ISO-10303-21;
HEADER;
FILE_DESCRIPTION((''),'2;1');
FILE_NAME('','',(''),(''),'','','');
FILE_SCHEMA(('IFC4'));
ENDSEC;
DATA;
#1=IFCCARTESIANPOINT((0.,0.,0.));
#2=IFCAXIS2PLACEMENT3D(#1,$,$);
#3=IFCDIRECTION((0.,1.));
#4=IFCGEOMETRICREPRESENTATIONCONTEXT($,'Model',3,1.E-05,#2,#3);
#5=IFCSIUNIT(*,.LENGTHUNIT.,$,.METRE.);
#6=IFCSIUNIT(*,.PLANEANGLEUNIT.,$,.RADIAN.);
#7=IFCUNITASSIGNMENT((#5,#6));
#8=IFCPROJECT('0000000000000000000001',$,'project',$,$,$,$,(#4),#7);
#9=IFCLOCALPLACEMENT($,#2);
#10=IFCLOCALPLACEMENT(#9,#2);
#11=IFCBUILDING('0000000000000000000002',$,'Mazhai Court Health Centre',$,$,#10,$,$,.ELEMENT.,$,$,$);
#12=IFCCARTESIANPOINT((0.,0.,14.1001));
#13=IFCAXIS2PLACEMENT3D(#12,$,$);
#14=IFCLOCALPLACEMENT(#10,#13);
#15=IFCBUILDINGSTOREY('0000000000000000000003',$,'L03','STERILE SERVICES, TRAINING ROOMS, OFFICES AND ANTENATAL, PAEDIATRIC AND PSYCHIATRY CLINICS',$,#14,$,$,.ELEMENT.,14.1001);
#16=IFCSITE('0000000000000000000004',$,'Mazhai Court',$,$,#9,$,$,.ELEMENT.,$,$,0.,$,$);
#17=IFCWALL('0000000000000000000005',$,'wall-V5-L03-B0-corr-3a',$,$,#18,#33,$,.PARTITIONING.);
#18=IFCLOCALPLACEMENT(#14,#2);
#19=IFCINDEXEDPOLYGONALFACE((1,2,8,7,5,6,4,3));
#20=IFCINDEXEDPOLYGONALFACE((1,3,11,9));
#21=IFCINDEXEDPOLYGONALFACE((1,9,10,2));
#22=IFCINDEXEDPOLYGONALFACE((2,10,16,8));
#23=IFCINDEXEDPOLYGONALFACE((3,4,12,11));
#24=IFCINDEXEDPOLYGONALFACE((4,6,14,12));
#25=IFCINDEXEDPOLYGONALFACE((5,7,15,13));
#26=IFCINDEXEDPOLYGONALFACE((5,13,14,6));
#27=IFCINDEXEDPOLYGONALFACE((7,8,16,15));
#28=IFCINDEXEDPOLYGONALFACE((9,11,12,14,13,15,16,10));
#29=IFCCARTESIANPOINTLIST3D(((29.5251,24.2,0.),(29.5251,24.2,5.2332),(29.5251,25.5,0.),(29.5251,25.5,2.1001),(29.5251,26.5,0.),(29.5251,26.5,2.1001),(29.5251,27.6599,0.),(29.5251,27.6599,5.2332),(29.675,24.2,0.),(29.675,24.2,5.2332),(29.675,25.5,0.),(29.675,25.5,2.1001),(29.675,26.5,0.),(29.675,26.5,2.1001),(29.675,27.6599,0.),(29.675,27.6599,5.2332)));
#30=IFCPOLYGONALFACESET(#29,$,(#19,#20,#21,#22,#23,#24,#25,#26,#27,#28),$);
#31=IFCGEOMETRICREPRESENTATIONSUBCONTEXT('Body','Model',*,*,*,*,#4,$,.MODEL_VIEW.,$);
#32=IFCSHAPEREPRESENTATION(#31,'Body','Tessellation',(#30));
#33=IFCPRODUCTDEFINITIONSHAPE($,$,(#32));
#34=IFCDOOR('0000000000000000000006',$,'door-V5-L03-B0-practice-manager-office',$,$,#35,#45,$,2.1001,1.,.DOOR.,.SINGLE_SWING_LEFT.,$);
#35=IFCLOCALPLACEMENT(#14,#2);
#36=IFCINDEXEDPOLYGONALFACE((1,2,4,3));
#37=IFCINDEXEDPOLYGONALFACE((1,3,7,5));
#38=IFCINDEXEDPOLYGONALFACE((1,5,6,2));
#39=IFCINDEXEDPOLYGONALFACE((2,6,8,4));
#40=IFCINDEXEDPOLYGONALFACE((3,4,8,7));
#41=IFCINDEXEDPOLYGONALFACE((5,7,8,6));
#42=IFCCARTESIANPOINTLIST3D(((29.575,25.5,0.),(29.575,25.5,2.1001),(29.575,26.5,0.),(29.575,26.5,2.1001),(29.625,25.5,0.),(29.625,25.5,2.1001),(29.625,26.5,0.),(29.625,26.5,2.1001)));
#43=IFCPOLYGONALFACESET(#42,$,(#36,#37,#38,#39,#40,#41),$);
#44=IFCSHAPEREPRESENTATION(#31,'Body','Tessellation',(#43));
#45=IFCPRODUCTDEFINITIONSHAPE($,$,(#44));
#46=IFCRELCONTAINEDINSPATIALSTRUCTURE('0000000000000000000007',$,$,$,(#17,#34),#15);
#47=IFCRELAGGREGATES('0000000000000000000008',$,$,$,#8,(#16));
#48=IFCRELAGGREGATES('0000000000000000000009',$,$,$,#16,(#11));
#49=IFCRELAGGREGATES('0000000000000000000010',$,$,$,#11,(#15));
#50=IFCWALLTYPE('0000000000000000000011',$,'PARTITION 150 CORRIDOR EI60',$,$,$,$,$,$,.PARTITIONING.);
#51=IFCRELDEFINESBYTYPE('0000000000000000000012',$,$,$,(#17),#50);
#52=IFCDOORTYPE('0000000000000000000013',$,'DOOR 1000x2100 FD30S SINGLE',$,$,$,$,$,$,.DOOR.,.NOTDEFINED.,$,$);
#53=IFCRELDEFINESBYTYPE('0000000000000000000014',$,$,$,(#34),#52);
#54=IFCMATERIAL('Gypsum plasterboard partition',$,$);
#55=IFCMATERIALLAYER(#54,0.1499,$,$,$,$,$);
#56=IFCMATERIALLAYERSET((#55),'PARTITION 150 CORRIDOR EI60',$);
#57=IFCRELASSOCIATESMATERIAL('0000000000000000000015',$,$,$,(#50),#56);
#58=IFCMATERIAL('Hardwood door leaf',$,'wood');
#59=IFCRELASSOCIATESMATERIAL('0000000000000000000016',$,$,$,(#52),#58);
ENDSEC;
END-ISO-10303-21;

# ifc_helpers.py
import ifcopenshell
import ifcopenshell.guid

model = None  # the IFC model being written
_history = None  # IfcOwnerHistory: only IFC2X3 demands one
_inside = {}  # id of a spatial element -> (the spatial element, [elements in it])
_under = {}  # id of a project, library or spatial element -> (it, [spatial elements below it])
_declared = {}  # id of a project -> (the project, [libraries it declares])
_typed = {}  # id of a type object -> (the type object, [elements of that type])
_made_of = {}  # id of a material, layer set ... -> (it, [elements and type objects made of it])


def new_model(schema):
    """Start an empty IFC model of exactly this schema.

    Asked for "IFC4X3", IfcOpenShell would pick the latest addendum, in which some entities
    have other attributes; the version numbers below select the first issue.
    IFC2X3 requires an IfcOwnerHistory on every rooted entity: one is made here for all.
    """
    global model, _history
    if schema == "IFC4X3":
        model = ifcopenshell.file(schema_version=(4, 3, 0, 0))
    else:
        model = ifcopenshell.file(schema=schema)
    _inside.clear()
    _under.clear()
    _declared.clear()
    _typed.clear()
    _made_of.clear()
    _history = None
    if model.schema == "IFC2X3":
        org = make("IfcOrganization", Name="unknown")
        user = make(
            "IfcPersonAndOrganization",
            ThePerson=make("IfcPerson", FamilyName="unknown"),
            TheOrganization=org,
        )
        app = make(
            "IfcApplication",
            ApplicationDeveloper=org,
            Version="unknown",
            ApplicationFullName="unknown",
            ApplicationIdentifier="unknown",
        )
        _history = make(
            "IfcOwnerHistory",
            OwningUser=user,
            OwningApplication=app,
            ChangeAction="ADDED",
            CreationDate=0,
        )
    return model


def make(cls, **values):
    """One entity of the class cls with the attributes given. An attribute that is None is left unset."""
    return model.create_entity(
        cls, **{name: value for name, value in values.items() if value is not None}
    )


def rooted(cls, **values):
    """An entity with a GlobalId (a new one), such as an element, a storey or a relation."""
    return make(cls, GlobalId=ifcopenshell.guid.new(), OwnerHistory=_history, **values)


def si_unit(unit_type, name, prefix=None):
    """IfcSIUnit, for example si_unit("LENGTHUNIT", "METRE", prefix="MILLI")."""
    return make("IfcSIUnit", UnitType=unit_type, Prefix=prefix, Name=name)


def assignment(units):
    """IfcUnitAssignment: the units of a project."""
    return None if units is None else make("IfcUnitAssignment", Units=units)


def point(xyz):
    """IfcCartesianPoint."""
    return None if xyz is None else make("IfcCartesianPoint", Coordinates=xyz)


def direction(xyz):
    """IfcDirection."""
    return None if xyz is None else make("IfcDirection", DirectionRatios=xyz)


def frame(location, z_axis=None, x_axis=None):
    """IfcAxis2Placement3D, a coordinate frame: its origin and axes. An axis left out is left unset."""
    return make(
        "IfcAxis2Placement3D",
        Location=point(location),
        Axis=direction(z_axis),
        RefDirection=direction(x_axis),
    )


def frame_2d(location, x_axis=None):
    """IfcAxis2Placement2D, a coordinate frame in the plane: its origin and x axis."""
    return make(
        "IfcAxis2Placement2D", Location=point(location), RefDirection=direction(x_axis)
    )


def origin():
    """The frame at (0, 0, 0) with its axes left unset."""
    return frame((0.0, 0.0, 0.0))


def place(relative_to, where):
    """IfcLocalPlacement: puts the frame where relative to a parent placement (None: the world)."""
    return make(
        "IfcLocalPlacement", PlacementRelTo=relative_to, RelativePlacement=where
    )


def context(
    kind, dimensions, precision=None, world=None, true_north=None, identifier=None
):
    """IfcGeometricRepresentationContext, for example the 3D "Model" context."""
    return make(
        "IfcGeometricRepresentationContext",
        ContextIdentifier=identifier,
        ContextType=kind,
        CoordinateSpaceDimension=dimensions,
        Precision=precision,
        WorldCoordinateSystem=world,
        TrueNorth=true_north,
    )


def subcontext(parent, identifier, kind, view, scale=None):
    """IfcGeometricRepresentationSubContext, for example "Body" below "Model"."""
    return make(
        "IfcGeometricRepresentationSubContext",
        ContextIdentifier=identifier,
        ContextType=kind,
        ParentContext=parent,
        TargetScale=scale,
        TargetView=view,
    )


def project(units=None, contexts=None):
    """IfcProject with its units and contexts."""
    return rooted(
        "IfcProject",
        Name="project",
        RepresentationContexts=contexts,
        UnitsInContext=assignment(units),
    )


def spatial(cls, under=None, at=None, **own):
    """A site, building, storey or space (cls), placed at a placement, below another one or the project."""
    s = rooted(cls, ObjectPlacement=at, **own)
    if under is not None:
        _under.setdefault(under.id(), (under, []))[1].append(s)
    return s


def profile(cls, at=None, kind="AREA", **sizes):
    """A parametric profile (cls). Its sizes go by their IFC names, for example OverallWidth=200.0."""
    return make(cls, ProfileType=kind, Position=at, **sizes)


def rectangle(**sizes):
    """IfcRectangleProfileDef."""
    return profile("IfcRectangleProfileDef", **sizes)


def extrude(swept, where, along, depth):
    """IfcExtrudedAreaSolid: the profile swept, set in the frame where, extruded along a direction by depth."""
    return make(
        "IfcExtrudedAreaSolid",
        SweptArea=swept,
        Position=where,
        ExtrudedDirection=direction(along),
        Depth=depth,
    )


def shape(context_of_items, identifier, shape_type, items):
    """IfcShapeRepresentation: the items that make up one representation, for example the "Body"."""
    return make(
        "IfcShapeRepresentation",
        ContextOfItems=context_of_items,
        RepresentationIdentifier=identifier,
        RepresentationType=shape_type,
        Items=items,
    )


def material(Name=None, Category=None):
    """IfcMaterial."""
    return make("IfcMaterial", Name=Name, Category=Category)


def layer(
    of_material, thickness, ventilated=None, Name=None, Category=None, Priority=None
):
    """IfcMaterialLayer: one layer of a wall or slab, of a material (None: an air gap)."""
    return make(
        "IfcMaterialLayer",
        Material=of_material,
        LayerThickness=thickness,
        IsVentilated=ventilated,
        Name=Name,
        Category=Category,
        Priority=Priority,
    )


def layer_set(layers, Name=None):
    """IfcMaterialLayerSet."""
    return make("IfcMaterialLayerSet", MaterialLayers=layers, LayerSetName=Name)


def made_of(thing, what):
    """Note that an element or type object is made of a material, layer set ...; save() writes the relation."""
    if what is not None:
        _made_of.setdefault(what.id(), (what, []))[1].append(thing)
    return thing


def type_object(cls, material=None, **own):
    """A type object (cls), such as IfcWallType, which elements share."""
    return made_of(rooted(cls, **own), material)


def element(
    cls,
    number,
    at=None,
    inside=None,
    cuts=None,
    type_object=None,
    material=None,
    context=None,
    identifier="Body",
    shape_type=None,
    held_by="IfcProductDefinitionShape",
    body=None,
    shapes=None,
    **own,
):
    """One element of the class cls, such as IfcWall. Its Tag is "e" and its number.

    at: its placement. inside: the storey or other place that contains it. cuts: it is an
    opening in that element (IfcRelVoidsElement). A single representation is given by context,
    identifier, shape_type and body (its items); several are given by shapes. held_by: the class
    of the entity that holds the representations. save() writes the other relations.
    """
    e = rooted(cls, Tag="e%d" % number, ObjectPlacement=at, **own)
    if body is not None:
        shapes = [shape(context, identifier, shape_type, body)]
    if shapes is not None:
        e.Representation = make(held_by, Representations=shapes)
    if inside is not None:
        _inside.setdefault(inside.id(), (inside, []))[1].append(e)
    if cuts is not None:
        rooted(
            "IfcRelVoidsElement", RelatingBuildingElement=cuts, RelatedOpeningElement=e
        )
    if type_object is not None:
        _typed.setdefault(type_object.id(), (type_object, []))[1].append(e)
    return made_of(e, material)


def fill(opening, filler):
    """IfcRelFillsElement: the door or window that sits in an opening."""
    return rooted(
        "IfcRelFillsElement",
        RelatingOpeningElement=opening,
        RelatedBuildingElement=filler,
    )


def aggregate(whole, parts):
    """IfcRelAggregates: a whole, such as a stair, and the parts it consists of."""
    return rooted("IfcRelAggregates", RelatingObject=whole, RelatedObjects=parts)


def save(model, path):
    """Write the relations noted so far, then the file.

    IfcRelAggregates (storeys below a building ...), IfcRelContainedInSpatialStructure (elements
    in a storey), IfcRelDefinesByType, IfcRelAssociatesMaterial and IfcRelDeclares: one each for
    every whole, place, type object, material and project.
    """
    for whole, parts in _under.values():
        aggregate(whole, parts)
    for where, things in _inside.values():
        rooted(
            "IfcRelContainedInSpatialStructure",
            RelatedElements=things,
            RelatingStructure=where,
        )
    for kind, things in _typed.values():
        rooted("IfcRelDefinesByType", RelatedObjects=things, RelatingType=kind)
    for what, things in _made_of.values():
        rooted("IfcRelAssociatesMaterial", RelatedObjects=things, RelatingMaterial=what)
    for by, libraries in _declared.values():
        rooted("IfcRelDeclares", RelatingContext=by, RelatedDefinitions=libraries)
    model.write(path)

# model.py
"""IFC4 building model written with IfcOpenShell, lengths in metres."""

from ifc_helpers import new_model, si_unit, direction, frame, frame_2d, origin, place, context, subcontext, project, spatial, rectangle, extrude, material, layer, layer_set, type_object, element, fill, save


model = new_model("IFC4")

# Units and contexts
model_context = context("Model", 3, precision=1e-05, world=origin(), true_north=direction((0.0, 1.0)))
body_context = subcontext(model_context, "Body", "Model", "MODEL_VIEW")
ifc_project = project(units=[si_unit("LENGTHUNIT", "METRE"), si_unit("PLANEANGLEUNIT", "RADIAN")], contexts=[model_context])

# Site, building, storey
site_placement = place(None, origin())
site = spatial("IfcSite", under=ifc_project, at=site_placement, Name="Mazhai Court", CompositionType="ELEMENT", RefElevation=0.0)
building_placement = place(site_placement, origin())
building = spatial("IfcBuilding", under=site, at=building_placement, Name="Mazhai Court Health Centre", CompositionType="ELEMENT")
storey_placement = place(building_placement, frame((0.0, 0.0, 14.1001)))
storey = spatial("IfcBuildingStorey", under=building, at=storey_placement, Name="L03", Description="STERILE SERVICES, TRAINING ROOMS, OFFICES AND ANTENATAL, PAEDIATRIC AND PSYCHIATRY CLINICS", CompositionType="ELEMENT", Elevation=14.1001)

# Wall, opening, door
ifc_material_1 = material(Name="Gypsum plasterboard partition")
ifc_layer_1 = layer(ifc_material_1, 0.1499)
ifc_layer_set_1 = layer_set([ifc_layer_1], Name="PARTITION 150 CORRIDOR EI60")
wall_type_1 = type_object("IfcWallType", Name="PARTITION 150 CORRIDOR EI60", PredefinedType="PARTITIONING", material=ifc_layer_set_1)
ifc_material_2 = material(Name="Hardwood door leaf", Category="wood")
door_type_1 = type_object("IfcDoorType", Name="DOOR 1000x2100 FD30S SINGLE", OperationType="NOTDEFINED", PredefinedType="DOOR", material=ifc_material_2)
wall_1_placement = place(storey_placement, frame((29.6001, 27.6599, 0.0), z_axis=(0.0, 0.0, 1.0), x_axis=(0.0, -1.0, 0.0)))
wall_1 = element("IfcWall", 1, at=wall_1_placement, inside=storey, type_object=wall_type_1, Name="wall-V5-L03-B0-corr-3a", PredefinedType="PARTITIONING", context=body_context, shape_type="SweptSolid", body=[
    extrude(rectangle(XDim=3.46, YDim=0.1499, at=frame_2d((1.73, 0.0))), origin(), (0.0, 0.0, 1.0), 5.2332),
])
opening_1_placement = place(wall_1_placement, frame((1.1599, 0.0, 0.0)))
opening_1 = element("IfcOpeningElement", 2, at=opening_1_placement, cuts=wall_1, PredefinedType="OPENING", context=body_context, shape_type="SweptSolid", body=[
    extrude(rectangle(XDim=1.0, YDim=2.1001, at=frame_2d((0.5, 1.05))), frame((0.0, 0.085, 0.0), z_axis=(0.0, -1.0, 0.0), x_axis=(1.0, 0.0, 0.0)), (0.0, 0.0, 1.0), 0.1699),
])
door_1_placement = place(opening_1_placement, origin())
door_1 = element("IfcDoor", 3, at=door_1_placement, inside=storey, type_object=door_type_1, Name="door-V5-L03-B0-practice-manager-office", OperationType="SINGLE_SWING_LEFT", OverallHeight=2.1001, OverallWidth=1.0, PredefinedType="DOOR", context=body_context, shape_type="SweptSolid", body=[
    extrude(rectangle(XDim=1.0, YDim=2.1001, at=frame_2d((0.5, 1.05))), frame((0.0, 0.0249, 0.0), z_axis=(0.0, -1.0, 0.0), x_axis=(1.0, 0.0, 0.0)), (0.0, 0.0, 1.0), 0.05),
])
fill(opening_1, door_1)

save(model, "model.ifc")
